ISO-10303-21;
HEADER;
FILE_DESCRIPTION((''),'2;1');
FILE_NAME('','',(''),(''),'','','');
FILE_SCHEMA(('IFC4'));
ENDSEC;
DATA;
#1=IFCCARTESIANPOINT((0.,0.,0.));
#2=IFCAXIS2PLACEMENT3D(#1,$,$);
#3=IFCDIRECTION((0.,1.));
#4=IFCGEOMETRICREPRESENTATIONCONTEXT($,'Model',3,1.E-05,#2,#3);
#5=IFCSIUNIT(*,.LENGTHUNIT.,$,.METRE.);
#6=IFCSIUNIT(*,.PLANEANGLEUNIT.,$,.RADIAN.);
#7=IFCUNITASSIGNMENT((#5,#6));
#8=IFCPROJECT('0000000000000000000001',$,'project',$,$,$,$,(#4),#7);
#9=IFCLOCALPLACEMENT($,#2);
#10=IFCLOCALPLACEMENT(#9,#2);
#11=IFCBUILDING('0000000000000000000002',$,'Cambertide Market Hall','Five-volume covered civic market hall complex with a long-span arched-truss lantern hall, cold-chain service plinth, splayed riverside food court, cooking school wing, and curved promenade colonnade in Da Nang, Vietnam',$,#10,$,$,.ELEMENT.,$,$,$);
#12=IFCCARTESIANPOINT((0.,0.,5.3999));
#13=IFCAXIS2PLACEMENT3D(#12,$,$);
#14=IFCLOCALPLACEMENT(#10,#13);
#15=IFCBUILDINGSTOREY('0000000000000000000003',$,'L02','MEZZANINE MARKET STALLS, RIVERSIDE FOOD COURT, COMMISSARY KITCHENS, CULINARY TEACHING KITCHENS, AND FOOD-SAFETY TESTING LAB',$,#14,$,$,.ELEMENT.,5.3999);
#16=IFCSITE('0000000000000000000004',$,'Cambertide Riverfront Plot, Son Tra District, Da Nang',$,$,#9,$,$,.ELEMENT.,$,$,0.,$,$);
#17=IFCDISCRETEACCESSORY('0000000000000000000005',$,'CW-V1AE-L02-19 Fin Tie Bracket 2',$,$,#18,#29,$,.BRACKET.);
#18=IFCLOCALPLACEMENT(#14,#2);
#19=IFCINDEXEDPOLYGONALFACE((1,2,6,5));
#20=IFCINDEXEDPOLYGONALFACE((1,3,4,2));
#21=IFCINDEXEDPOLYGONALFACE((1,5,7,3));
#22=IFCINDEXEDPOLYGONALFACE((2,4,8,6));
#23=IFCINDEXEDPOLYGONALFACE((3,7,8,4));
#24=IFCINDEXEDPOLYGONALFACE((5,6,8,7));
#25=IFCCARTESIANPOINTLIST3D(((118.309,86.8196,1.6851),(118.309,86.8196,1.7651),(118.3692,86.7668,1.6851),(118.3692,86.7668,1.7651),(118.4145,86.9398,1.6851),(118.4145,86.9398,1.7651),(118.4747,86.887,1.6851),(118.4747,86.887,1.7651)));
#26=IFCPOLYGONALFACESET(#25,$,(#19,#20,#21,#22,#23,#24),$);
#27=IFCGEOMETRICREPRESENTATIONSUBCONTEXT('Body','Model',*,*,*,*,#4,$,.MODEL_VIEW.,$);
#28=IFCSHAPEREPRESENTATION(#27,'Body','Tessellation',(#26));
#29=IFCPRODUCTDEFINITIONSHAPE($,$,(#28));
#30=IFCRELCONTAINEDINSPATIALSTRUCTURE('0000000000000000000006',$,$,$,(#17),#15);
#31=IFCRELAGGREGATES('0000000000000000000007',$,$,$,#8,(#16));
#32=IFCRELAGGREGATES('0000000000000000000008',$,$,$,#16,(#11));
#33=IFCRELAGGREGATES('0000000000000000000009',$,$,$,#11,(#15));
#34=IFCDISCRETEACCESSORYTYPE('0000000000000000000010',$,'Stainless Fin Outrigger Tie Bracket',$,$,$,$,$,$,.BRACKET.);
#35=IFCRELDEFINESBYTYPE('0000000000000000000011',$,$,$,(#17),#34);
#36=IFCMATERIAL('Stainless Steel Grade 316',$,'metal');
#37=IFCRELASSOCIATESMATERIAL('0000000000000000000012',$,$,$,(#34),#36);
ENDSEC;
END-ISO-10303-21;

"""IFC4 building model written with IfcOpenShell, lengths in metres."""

from ifc_helpers import new_model, si_unit, direction, frame, origin, origin_2d, place, context, subcontext, project, spatial, rectangle, extrude, material, type_object, element, save


model = new_model("IFC4")

# Units and contexts
model_context = context("Model", 3, precision=1e-05, world=origin(), true_north=direction((0.0, 1.0)))
body_context = subcontext(model_context, "Body", "Model", "MODEL_VIEW")
ifc_project = project(units=[si_unit("LENGTHUNIT", "METRE"), si_unit("PLANEANGLEUNIT", "RADIAN")], contexts=[model_context])

# Site, building, storey
site_placement = place(None, origin())
site = spatial("IfcSite", under=ifc_project, at=site_placement, Name="Cambertide Riverfront Plot, Son Tra District, Da Nang", CompositionType="ELEMENT", RefElevation=0.0)
building_placement = place(site_placement, origin())
building = spatial("IfcBuilding", under=site, at=building_placement, Name="Cambertide Market Hall", Description="Five-volume covered civic market hall complex with a long-span arched-truss lantern hall, cold-chain service plinth, splayed riverside food court, cooking school wing, and curved promenade colonnade in Da Nang, Vietnam", CompositionType="ELEMENT")
storey_placement = place(building_placement, frame((0.0, 0.0, 5.3999)))
storey = spatial("IfcBuildingStorey", under=building, at=storey_placement, Name="L02", Description="MEZZANINE MARKET STALLS, RIVERSIDE FOOD COURT, COMMISSARY KITCHENS, CULINARY TEACHING KITCHENS, AND FOOD-SAFETY TESTING LAB", CompositionType="ELEMENT", Elevation=5.3999)

# Discrete accessory
ifc_material_1 = material(Name="Stainless Steel Grade 316", Category="metal")
discrete_accessory_type = type_object("IfcDiscreteAccessoryType", Name="Stainless Fin Outrigger Tie Bracket", PredefinedType="BRACKET", material=ifc_material_1)
for number, where, z_axis, x_axis, name in (
    (1, (118.3918, 86.8533, 1.6851), (0.0, 0.0, 1.0), (0.75184, -0.659346, 0.0), "CW-V1AE-L02-19 Fin Tie Bracket 2"),
):
    element("IfcDiscreteAccessory", number, at=place(storey_placement, frame(where, z_axis=z_axis, x_axis=x_axis)), inside=storey, type_object=discrete_accessory_type, Name=name, PredefinedType="BRACKET", context=body_context, shape_type="SweptSolid", body=[
        extrude(rectangle(XDim=0.0801, YDim=0.1599, at=origin_2d()), origin(), (0.0, 0.0, 1.0), 0.0801),
    ])

save(model, "model.ifc")
